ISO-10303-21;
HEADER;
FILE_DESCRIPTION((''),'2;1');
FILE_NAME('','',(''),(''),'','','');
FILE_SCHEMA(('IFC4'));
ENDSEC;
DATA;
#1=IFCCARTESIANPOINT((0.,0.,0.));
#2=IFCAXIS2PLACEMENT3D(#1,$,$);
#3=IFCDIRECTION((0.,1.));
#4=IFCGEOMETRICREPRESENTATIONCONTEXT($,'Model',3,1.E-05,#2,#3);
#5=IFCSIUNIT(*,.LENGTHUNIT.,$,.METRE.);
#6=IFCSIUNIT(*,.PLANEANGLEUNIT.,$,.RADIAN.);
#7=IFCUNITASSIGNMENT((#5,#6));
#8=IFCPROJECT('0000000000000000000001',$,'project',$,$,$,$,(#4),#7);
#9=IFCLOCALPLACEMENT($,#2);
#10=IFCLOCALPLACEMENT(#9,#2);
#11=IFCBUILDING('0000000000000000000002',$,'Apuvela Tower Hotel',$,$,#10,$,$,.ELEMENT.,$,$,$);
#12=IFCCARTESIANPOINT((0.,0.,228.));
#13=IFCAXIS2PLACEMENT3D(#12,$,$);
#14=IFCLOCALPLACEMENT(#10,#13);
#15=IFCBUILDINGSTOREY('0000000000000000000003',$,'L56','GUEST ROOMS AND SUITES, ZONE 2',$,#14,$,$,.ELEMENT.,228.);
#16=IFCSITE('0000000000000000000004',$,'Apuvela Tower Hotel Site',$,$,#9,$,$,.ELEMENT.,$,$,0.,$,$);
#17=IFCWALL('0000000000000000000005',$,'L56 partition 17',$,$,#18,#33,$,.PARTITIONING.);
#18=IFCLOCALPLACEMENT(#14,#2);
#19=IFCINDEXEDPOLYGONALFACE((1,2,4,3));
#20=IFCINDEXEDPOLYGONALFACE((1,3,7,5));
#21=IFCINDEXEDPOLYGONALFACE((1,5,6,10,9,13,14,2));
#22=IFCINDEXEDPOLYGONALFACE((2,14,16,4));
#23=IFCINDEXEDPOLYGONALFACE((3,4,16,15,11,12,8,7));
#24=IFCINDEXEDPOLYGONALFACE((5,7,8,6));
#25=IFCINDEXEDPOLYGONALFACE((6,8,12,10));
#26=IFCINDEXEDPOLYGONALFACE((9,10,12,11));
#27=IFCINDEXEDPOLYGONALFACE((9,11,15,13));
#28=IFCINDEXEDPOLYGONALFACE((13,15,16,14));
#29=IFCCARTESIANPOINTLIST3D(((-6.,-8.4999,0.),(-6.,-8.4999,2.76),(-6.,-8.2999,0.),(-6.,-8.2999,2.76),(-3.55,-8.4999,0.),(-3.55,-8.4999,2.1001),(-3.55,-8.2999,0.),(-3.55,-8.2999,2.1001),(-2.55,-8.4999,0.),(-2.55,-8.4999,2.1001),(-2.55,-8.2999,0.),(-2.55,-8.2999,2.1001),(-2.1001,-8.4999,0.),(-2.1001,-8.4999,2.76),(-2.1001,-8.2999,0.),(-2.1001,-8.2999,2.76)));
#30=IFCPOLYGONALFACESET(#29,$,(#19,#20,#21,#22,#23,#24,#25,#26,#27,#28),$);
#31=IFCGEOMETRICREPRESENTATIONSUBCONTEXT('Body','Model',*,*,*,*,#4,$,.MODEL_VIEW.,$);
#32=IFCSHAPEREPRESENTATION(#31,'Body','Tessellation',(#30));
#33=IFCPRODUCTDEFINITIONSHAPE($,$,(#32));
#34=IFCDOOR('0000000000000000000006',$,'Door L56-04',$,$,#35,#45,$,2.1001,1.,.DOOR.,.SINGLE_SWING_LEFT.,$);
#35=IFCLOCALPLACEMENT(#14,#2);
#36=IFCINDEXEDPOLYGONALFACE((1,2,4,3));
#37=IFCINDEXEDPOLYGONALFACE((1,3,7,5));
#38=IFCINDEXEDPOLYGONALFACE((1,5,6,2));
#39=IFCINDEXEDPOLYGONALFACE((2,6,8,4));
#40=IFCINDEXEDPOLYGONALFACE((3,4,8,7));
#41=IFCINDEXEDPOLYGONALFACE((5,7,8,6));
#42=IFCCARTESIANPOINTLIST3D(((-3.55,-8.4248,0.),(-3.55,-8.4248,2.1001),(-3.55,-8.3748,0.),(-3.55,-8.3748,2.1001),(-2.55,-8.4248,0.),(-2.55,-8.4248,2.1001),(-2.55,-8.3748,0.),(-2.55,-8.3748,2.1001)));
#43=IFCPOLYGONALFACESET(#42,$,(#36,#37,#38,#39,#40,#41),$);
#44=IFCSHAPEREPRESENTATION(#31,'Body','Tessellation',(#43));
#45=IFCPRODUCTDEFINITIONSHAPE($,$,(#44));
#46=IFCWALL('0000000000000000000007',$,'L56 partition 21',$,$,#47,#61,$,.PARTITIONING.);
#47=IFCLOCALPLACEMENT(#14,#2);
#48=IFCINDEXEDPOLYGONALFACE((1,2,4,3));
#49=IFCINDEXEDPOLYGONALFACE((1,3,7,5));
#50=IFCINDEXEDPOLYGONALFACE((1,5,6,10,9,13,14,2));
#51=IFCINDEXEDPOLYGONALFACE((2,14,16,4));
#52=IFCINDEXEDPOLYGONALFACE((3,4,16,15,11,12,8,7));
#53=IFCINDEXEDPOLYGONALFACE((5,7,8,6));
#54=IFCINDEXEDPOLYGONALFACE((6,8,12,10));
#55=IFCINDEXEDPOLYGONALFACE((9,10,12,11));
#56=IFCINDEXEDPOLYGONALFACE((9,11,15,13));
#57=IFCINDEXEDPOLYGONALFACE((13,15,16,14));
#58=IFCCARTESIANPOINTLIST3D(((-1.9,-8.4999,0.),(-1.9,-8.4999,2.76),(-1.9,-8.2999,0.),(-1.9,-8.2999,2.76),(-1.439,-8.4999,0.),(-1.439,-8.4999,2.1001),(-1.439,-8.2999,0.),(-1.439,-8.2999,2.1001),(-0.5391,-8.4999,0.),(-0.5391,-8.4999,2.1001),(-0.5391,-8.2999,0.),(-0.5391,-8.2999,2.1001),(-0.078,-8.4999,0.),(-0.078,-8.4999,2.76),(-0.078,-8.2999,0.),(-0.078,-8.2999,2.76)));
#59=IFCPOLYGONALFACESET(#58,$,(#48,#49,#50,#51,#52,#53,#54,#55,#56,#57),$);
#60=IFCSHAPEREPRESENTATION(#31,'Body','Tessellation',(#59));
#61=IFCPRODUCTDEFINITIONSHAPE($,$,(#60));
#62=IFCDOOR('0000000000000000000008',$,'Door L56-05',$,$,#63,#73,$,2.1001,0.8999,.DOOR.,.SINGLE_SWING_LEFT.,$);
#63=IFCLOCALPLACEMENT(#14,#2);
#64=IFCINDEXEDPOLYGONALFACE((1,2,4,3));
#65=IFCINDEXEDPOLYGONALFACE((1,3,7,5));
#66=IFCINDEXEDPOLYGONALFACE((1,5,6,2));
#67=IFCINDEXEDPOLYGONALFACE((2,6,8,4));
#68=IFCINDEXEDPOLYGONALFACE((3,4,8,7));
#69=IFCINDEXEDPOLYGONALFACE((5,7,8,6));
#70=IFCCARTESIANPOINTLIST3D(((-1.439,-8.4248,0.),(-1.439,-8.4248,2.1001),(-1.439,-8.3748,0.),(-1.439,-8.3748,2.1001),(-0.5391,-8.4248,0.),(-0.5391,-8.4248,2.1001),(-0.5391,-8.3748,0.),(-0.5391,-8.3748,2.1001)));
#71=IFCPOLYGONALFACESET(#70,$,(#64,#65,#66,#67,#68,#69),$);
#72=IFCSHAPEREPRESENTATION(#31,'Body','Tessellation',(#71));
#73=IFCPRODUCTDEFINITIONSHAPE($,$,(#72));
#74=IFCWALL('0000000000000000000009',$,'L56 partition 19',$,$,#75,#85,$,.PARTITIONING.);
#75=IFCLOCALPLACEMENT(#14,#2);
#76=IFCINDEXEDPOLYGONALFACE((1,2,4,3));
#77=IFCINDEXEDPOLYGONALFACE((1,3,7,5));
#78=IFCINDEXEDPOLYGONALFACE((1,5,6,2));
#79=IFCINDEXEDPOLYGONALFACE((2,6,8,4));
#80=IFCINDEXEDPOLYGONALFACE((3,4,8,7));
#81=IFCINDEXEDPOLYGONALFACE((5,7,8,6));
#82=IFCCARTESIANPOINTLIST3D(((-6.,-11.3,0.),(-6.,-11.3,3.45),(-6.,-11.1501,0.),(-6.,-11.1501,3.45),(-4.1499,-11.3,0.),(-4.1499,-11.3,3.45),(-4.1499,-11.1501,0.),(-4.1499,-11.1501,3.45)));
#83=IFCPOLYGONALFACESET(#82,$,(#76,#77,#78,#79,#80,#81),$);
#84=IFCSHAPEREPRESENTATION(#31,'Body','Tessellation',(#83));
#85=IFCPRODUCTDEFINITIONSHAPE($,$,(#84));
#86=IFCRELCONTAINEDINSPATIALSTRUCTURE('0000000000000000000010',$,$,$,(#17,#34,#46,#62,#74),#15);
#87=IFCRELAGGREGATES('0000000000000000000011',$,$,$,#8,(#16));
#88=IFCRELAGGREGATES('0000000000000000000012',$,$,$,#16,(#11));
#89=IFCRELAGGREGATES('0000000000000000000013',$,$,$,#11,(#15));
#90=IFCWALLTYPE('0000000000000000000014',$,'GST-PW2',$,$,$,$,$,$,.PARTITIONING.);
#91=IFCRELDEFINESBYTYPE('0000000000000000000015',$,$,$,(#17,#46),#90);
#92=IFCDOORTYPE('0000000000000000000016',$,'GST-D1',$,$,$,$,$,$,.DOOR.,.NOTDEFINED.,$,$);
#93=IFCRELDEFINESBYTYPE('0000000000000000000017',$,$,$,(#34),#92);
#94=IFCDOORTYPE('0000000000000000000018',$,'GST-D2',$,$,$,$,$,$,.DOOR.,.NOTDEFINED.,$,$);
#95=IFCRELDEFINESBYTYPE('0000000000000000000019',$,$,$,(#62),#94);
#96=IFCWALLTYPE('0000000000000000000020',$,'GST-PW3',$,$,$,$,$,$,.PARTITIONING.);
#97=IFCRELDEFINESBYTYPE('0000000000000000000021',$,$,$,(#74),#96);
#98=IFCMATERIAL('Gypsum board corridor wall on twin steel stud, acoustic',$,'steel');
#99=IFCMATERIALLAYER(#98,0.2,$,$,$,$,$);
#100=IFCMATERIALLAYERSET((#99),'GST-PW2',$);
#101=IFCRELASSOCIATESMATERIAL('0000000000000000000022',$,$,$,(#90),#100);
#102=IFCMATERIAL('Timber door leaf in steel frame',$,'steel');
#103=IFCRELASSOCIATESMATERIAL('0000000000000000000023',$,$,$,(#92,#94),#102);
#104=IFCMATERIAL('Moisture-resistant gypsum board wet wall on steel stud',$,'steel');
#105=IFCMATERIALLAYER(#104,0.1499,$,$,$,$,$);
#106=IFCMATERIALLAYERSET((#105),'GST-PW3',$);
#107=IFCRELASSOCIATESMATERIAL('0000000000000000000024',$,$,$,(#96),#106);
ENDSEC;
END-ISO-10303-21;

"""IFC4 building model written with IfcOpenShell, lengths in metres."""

from ifc_helpers import new_model, si_unit, direction, frame, frame_2d, origin, place, context, subcontext, project, spatial, rectangle, extrude, material, layer, layer_set, type_object, element, fill, save


model = new_model("IFC4")

# Units and contexts
model_context = context("Model", 3, precision=1e-05, world=origin(), true_north=direction((0.0, 1.0)))
body_context = subcontext(model_context, "Body", "Model", "MODEL_VIEW")
ifc_project = project(units=[si_unit("LENGTHUNIT", "METRE"), si_unit("PLANEANGLEUNIT", "RADIAN")], contexts=[model_context])

# Site, building, storey
site_placement = place(None, origin())
site = spatial("IfcSite", under=ifc_project, at=site_placement, Name="Apuvela Tower Hotel Site", CompositionType="ELEMENT", RefElevation=0.0)
building_placement = place(site_placement, origin())
building = spatial("IfcBuilding", under=site, at=building_placement, Name="Apuvela Tower Hotel", CompositionType="ELEMENT")
storey_placement = place(building_placement, frame((0.0, 0.0, 228.0)))
storey = spatial("IfcBuildingStorey", under=building, at=storey_placement, Name="L56", Description="GUEST ROOMS AND SUITES, ZONE 2", CompositionType="ELEMENT", Elevation=228.0)

# Walls, openings, doors
ifc_material_1 = material(Name="Gypsum board corridor wall on twin steel stud, acoustic", Category="steel")
ifc_layer_1 = layer(ifc_material_1, 0.2)
ifc_layer_set_1 = layer_set([ifc_layer_1], Name="GST-PW2")
wall_type_1 = type_object("IfcWallType", Name="GST-PW2", PredefinedType="PARTITIONING", material=ifc_layer_set_1)
ifc_material_2 = material(Name="Timber door leaf in steel frame", Category="steel")
door_type_1 = type_object("IfcDoorType", Name="GST-D1", OperationType="NOTDEFINED", PredefinedType="DOOR", material=ifc_material_2)
wall_1_placement = place(storey_placement, frame((-2.1001, -8.3999, 0.0), z_axis=(0.0, 0.0, 1.0), x_axis=(-1.0, 0.0, 0.0)))
wall_1 = element("IfcWall", 1, at=wall_1_placement, inside=storey, type_object=wall_type_1, Name="L56 partition 17", PredefinedType="PARTITIONING", context=body_context, shape_type="SweptSolid", body=[
    extrude(rectangle(XDim=3.8999, YDim=0.2, at=frame_2d((1.95, 0.0))), origin(), (0.0, 0.0, 1.0), 2.76),
])
opening_1_placement = place(wall_1_placement, frame((0.45, 0.0, 0.0)))
opening_1 = element("IfcOpeningElement", 2, at=opening_1_placement, cuts=wall_1, PredefinedType="OPENING", context=body_context, shape_type="SweptSolid", body=[
    extrude(rectangle(XDim=1.0, YDim=2.1001, at=frame_2d((0.5, 1.05))), frame((0.0, 0.1099, 0.0), z_axis=(0.0, -1.0, 0.0), x_axis=(1.0, 0.0, 0.0)), (0.0, 0.0, 1.0), 0.22),
])
door_1_placement = place(opening_1_placement, origin())
door_1 = element("IfcDoor", 3, at=door_1_placement, inside=storey, type_object=door_type_1, Name="Door L56-04", OperationType="SINGLE_SWING_LEFT", OverallHeight=2.1001, OverallWidth=1.0, PredefinedType="DOOR", context=body_context, shape_type="SweptSolid", body=[
    extrude(rectangle(XDim=1.0, YDim=2.1001, at=frame_2d((0.5, 1.05))), frame((0.0, 0.0249, 0.0), z_axis=(0.0, -1.0, 0.0), x_axis=(1.0, 0.0, 0.0)), (0.0, 0.0, 1.0), 0.05),
])
fill(opening_1, door_1)
wall_2_placement = place(storey_placement, frame((-0.0779, -8.3999, 0.0), z_axis=(0.0, 0.0, 1.0), x_axis=(-1.0, 0.0, 0.0)))
wall_2 = element("IfcWall", 4, at=wall_2_placement, inside=storey, type_object=wall_type_1, Name="L56 partition 21", PredefinedType="PARTITIONING", context=body_context, shape_type="SweptSolid", body=[
    extrude(rectangle(XDim=1.822, YDim=0.2, at=frame_2d((0.9111, 0.0))), origin(), (0.0, 0.0, 1.0), 2.76),
])
opening_2_placement = place(wall_2_placement, frame((0.4612, 0.0, 0.0)))
opening_2 = element("IfcOpeningElement", 5, at=opening_2_placement, cuts=wall_2, PredefinedType="OPENING", context=body_context, shape_type="SweptSolid", body=[
    extrude(rectangle(XDim=0.8999, YDim=2.1001, at=frame_2d((0.45, 1.05))), frame((0.0, 0.1099, 0.0), z_axis=(0.0, -1.0, 0.0), x_axis=(1.0, 0.0, 0.0)), (0.0, 0.0, 1.0), 0.22),
])
door_type_2 = type_object("IfcDoorType", Name="GST-D2", OperationType="NOTDEFINED", PredefinedType="DOOR", material=ifc_material_2)
door_2_placement = place(opening_2_placement, origin())
door_2 = element("IfcDoor", 6, at=door_2_placement, inside=storey, type_object=door_type_2, Name="Door L56-05", OperationType="SINGLE_SWING_LEFT", OverallHeight=2.1001, OverallWidth=0.8999, PredefinedType="DOOR", context=body_context, shape_type="SweptSolid", body=[
    extrude(rectangle(XDim=0.8999, YDim=2.1001, at=frame_2d((0.45, 1.05))), frame((0.0, 0.0249, 0.0), z_axis=(0.0, -1.0, 0.0), x_axis=(1.0, 0.0, 0.0)), (0.0, 0.0, 1.0), 0.05),
])
fill(opening_2, door_2)

# Wall
ifc_material_3 = material(Name="Moisture-resistant gypsum board wet wall on steel stud", Category="steel")
ifc_layer_2 = layer(ifc_material_3, 0.1499)
ifc_layer_set_2 = layer_set([ifc_layer_2], Name="GST-PW3")
wall_type_2 = type_object("IfcWallType", Name="GST-PW3", PredefinedType="PARTITIONING", material=ifc_layer_set_2)
wall_3_placement = place(storey_placement, frame((-6.0, -11.2251, 0.0), z_axis=(0.0, 0.0, 1.0), x_axis=(1.0, 0.0, 0.0)))
element("IfcWall", 7, at=wall_3_placement, inside=storey, type_object=wall_type_2, Name="L56 partition 19", PredefinedType="PARTITIONING", context=body_context, shape_type="SweptSolid", body=[
    extrude(rectangle(XDim=1.8501, YDim=0.1499, at=frame_2d((0.925, 0.0))), origin(), (0.0, 0.0, 1.0), 3.45),
])

save(model, "model.ifc")
